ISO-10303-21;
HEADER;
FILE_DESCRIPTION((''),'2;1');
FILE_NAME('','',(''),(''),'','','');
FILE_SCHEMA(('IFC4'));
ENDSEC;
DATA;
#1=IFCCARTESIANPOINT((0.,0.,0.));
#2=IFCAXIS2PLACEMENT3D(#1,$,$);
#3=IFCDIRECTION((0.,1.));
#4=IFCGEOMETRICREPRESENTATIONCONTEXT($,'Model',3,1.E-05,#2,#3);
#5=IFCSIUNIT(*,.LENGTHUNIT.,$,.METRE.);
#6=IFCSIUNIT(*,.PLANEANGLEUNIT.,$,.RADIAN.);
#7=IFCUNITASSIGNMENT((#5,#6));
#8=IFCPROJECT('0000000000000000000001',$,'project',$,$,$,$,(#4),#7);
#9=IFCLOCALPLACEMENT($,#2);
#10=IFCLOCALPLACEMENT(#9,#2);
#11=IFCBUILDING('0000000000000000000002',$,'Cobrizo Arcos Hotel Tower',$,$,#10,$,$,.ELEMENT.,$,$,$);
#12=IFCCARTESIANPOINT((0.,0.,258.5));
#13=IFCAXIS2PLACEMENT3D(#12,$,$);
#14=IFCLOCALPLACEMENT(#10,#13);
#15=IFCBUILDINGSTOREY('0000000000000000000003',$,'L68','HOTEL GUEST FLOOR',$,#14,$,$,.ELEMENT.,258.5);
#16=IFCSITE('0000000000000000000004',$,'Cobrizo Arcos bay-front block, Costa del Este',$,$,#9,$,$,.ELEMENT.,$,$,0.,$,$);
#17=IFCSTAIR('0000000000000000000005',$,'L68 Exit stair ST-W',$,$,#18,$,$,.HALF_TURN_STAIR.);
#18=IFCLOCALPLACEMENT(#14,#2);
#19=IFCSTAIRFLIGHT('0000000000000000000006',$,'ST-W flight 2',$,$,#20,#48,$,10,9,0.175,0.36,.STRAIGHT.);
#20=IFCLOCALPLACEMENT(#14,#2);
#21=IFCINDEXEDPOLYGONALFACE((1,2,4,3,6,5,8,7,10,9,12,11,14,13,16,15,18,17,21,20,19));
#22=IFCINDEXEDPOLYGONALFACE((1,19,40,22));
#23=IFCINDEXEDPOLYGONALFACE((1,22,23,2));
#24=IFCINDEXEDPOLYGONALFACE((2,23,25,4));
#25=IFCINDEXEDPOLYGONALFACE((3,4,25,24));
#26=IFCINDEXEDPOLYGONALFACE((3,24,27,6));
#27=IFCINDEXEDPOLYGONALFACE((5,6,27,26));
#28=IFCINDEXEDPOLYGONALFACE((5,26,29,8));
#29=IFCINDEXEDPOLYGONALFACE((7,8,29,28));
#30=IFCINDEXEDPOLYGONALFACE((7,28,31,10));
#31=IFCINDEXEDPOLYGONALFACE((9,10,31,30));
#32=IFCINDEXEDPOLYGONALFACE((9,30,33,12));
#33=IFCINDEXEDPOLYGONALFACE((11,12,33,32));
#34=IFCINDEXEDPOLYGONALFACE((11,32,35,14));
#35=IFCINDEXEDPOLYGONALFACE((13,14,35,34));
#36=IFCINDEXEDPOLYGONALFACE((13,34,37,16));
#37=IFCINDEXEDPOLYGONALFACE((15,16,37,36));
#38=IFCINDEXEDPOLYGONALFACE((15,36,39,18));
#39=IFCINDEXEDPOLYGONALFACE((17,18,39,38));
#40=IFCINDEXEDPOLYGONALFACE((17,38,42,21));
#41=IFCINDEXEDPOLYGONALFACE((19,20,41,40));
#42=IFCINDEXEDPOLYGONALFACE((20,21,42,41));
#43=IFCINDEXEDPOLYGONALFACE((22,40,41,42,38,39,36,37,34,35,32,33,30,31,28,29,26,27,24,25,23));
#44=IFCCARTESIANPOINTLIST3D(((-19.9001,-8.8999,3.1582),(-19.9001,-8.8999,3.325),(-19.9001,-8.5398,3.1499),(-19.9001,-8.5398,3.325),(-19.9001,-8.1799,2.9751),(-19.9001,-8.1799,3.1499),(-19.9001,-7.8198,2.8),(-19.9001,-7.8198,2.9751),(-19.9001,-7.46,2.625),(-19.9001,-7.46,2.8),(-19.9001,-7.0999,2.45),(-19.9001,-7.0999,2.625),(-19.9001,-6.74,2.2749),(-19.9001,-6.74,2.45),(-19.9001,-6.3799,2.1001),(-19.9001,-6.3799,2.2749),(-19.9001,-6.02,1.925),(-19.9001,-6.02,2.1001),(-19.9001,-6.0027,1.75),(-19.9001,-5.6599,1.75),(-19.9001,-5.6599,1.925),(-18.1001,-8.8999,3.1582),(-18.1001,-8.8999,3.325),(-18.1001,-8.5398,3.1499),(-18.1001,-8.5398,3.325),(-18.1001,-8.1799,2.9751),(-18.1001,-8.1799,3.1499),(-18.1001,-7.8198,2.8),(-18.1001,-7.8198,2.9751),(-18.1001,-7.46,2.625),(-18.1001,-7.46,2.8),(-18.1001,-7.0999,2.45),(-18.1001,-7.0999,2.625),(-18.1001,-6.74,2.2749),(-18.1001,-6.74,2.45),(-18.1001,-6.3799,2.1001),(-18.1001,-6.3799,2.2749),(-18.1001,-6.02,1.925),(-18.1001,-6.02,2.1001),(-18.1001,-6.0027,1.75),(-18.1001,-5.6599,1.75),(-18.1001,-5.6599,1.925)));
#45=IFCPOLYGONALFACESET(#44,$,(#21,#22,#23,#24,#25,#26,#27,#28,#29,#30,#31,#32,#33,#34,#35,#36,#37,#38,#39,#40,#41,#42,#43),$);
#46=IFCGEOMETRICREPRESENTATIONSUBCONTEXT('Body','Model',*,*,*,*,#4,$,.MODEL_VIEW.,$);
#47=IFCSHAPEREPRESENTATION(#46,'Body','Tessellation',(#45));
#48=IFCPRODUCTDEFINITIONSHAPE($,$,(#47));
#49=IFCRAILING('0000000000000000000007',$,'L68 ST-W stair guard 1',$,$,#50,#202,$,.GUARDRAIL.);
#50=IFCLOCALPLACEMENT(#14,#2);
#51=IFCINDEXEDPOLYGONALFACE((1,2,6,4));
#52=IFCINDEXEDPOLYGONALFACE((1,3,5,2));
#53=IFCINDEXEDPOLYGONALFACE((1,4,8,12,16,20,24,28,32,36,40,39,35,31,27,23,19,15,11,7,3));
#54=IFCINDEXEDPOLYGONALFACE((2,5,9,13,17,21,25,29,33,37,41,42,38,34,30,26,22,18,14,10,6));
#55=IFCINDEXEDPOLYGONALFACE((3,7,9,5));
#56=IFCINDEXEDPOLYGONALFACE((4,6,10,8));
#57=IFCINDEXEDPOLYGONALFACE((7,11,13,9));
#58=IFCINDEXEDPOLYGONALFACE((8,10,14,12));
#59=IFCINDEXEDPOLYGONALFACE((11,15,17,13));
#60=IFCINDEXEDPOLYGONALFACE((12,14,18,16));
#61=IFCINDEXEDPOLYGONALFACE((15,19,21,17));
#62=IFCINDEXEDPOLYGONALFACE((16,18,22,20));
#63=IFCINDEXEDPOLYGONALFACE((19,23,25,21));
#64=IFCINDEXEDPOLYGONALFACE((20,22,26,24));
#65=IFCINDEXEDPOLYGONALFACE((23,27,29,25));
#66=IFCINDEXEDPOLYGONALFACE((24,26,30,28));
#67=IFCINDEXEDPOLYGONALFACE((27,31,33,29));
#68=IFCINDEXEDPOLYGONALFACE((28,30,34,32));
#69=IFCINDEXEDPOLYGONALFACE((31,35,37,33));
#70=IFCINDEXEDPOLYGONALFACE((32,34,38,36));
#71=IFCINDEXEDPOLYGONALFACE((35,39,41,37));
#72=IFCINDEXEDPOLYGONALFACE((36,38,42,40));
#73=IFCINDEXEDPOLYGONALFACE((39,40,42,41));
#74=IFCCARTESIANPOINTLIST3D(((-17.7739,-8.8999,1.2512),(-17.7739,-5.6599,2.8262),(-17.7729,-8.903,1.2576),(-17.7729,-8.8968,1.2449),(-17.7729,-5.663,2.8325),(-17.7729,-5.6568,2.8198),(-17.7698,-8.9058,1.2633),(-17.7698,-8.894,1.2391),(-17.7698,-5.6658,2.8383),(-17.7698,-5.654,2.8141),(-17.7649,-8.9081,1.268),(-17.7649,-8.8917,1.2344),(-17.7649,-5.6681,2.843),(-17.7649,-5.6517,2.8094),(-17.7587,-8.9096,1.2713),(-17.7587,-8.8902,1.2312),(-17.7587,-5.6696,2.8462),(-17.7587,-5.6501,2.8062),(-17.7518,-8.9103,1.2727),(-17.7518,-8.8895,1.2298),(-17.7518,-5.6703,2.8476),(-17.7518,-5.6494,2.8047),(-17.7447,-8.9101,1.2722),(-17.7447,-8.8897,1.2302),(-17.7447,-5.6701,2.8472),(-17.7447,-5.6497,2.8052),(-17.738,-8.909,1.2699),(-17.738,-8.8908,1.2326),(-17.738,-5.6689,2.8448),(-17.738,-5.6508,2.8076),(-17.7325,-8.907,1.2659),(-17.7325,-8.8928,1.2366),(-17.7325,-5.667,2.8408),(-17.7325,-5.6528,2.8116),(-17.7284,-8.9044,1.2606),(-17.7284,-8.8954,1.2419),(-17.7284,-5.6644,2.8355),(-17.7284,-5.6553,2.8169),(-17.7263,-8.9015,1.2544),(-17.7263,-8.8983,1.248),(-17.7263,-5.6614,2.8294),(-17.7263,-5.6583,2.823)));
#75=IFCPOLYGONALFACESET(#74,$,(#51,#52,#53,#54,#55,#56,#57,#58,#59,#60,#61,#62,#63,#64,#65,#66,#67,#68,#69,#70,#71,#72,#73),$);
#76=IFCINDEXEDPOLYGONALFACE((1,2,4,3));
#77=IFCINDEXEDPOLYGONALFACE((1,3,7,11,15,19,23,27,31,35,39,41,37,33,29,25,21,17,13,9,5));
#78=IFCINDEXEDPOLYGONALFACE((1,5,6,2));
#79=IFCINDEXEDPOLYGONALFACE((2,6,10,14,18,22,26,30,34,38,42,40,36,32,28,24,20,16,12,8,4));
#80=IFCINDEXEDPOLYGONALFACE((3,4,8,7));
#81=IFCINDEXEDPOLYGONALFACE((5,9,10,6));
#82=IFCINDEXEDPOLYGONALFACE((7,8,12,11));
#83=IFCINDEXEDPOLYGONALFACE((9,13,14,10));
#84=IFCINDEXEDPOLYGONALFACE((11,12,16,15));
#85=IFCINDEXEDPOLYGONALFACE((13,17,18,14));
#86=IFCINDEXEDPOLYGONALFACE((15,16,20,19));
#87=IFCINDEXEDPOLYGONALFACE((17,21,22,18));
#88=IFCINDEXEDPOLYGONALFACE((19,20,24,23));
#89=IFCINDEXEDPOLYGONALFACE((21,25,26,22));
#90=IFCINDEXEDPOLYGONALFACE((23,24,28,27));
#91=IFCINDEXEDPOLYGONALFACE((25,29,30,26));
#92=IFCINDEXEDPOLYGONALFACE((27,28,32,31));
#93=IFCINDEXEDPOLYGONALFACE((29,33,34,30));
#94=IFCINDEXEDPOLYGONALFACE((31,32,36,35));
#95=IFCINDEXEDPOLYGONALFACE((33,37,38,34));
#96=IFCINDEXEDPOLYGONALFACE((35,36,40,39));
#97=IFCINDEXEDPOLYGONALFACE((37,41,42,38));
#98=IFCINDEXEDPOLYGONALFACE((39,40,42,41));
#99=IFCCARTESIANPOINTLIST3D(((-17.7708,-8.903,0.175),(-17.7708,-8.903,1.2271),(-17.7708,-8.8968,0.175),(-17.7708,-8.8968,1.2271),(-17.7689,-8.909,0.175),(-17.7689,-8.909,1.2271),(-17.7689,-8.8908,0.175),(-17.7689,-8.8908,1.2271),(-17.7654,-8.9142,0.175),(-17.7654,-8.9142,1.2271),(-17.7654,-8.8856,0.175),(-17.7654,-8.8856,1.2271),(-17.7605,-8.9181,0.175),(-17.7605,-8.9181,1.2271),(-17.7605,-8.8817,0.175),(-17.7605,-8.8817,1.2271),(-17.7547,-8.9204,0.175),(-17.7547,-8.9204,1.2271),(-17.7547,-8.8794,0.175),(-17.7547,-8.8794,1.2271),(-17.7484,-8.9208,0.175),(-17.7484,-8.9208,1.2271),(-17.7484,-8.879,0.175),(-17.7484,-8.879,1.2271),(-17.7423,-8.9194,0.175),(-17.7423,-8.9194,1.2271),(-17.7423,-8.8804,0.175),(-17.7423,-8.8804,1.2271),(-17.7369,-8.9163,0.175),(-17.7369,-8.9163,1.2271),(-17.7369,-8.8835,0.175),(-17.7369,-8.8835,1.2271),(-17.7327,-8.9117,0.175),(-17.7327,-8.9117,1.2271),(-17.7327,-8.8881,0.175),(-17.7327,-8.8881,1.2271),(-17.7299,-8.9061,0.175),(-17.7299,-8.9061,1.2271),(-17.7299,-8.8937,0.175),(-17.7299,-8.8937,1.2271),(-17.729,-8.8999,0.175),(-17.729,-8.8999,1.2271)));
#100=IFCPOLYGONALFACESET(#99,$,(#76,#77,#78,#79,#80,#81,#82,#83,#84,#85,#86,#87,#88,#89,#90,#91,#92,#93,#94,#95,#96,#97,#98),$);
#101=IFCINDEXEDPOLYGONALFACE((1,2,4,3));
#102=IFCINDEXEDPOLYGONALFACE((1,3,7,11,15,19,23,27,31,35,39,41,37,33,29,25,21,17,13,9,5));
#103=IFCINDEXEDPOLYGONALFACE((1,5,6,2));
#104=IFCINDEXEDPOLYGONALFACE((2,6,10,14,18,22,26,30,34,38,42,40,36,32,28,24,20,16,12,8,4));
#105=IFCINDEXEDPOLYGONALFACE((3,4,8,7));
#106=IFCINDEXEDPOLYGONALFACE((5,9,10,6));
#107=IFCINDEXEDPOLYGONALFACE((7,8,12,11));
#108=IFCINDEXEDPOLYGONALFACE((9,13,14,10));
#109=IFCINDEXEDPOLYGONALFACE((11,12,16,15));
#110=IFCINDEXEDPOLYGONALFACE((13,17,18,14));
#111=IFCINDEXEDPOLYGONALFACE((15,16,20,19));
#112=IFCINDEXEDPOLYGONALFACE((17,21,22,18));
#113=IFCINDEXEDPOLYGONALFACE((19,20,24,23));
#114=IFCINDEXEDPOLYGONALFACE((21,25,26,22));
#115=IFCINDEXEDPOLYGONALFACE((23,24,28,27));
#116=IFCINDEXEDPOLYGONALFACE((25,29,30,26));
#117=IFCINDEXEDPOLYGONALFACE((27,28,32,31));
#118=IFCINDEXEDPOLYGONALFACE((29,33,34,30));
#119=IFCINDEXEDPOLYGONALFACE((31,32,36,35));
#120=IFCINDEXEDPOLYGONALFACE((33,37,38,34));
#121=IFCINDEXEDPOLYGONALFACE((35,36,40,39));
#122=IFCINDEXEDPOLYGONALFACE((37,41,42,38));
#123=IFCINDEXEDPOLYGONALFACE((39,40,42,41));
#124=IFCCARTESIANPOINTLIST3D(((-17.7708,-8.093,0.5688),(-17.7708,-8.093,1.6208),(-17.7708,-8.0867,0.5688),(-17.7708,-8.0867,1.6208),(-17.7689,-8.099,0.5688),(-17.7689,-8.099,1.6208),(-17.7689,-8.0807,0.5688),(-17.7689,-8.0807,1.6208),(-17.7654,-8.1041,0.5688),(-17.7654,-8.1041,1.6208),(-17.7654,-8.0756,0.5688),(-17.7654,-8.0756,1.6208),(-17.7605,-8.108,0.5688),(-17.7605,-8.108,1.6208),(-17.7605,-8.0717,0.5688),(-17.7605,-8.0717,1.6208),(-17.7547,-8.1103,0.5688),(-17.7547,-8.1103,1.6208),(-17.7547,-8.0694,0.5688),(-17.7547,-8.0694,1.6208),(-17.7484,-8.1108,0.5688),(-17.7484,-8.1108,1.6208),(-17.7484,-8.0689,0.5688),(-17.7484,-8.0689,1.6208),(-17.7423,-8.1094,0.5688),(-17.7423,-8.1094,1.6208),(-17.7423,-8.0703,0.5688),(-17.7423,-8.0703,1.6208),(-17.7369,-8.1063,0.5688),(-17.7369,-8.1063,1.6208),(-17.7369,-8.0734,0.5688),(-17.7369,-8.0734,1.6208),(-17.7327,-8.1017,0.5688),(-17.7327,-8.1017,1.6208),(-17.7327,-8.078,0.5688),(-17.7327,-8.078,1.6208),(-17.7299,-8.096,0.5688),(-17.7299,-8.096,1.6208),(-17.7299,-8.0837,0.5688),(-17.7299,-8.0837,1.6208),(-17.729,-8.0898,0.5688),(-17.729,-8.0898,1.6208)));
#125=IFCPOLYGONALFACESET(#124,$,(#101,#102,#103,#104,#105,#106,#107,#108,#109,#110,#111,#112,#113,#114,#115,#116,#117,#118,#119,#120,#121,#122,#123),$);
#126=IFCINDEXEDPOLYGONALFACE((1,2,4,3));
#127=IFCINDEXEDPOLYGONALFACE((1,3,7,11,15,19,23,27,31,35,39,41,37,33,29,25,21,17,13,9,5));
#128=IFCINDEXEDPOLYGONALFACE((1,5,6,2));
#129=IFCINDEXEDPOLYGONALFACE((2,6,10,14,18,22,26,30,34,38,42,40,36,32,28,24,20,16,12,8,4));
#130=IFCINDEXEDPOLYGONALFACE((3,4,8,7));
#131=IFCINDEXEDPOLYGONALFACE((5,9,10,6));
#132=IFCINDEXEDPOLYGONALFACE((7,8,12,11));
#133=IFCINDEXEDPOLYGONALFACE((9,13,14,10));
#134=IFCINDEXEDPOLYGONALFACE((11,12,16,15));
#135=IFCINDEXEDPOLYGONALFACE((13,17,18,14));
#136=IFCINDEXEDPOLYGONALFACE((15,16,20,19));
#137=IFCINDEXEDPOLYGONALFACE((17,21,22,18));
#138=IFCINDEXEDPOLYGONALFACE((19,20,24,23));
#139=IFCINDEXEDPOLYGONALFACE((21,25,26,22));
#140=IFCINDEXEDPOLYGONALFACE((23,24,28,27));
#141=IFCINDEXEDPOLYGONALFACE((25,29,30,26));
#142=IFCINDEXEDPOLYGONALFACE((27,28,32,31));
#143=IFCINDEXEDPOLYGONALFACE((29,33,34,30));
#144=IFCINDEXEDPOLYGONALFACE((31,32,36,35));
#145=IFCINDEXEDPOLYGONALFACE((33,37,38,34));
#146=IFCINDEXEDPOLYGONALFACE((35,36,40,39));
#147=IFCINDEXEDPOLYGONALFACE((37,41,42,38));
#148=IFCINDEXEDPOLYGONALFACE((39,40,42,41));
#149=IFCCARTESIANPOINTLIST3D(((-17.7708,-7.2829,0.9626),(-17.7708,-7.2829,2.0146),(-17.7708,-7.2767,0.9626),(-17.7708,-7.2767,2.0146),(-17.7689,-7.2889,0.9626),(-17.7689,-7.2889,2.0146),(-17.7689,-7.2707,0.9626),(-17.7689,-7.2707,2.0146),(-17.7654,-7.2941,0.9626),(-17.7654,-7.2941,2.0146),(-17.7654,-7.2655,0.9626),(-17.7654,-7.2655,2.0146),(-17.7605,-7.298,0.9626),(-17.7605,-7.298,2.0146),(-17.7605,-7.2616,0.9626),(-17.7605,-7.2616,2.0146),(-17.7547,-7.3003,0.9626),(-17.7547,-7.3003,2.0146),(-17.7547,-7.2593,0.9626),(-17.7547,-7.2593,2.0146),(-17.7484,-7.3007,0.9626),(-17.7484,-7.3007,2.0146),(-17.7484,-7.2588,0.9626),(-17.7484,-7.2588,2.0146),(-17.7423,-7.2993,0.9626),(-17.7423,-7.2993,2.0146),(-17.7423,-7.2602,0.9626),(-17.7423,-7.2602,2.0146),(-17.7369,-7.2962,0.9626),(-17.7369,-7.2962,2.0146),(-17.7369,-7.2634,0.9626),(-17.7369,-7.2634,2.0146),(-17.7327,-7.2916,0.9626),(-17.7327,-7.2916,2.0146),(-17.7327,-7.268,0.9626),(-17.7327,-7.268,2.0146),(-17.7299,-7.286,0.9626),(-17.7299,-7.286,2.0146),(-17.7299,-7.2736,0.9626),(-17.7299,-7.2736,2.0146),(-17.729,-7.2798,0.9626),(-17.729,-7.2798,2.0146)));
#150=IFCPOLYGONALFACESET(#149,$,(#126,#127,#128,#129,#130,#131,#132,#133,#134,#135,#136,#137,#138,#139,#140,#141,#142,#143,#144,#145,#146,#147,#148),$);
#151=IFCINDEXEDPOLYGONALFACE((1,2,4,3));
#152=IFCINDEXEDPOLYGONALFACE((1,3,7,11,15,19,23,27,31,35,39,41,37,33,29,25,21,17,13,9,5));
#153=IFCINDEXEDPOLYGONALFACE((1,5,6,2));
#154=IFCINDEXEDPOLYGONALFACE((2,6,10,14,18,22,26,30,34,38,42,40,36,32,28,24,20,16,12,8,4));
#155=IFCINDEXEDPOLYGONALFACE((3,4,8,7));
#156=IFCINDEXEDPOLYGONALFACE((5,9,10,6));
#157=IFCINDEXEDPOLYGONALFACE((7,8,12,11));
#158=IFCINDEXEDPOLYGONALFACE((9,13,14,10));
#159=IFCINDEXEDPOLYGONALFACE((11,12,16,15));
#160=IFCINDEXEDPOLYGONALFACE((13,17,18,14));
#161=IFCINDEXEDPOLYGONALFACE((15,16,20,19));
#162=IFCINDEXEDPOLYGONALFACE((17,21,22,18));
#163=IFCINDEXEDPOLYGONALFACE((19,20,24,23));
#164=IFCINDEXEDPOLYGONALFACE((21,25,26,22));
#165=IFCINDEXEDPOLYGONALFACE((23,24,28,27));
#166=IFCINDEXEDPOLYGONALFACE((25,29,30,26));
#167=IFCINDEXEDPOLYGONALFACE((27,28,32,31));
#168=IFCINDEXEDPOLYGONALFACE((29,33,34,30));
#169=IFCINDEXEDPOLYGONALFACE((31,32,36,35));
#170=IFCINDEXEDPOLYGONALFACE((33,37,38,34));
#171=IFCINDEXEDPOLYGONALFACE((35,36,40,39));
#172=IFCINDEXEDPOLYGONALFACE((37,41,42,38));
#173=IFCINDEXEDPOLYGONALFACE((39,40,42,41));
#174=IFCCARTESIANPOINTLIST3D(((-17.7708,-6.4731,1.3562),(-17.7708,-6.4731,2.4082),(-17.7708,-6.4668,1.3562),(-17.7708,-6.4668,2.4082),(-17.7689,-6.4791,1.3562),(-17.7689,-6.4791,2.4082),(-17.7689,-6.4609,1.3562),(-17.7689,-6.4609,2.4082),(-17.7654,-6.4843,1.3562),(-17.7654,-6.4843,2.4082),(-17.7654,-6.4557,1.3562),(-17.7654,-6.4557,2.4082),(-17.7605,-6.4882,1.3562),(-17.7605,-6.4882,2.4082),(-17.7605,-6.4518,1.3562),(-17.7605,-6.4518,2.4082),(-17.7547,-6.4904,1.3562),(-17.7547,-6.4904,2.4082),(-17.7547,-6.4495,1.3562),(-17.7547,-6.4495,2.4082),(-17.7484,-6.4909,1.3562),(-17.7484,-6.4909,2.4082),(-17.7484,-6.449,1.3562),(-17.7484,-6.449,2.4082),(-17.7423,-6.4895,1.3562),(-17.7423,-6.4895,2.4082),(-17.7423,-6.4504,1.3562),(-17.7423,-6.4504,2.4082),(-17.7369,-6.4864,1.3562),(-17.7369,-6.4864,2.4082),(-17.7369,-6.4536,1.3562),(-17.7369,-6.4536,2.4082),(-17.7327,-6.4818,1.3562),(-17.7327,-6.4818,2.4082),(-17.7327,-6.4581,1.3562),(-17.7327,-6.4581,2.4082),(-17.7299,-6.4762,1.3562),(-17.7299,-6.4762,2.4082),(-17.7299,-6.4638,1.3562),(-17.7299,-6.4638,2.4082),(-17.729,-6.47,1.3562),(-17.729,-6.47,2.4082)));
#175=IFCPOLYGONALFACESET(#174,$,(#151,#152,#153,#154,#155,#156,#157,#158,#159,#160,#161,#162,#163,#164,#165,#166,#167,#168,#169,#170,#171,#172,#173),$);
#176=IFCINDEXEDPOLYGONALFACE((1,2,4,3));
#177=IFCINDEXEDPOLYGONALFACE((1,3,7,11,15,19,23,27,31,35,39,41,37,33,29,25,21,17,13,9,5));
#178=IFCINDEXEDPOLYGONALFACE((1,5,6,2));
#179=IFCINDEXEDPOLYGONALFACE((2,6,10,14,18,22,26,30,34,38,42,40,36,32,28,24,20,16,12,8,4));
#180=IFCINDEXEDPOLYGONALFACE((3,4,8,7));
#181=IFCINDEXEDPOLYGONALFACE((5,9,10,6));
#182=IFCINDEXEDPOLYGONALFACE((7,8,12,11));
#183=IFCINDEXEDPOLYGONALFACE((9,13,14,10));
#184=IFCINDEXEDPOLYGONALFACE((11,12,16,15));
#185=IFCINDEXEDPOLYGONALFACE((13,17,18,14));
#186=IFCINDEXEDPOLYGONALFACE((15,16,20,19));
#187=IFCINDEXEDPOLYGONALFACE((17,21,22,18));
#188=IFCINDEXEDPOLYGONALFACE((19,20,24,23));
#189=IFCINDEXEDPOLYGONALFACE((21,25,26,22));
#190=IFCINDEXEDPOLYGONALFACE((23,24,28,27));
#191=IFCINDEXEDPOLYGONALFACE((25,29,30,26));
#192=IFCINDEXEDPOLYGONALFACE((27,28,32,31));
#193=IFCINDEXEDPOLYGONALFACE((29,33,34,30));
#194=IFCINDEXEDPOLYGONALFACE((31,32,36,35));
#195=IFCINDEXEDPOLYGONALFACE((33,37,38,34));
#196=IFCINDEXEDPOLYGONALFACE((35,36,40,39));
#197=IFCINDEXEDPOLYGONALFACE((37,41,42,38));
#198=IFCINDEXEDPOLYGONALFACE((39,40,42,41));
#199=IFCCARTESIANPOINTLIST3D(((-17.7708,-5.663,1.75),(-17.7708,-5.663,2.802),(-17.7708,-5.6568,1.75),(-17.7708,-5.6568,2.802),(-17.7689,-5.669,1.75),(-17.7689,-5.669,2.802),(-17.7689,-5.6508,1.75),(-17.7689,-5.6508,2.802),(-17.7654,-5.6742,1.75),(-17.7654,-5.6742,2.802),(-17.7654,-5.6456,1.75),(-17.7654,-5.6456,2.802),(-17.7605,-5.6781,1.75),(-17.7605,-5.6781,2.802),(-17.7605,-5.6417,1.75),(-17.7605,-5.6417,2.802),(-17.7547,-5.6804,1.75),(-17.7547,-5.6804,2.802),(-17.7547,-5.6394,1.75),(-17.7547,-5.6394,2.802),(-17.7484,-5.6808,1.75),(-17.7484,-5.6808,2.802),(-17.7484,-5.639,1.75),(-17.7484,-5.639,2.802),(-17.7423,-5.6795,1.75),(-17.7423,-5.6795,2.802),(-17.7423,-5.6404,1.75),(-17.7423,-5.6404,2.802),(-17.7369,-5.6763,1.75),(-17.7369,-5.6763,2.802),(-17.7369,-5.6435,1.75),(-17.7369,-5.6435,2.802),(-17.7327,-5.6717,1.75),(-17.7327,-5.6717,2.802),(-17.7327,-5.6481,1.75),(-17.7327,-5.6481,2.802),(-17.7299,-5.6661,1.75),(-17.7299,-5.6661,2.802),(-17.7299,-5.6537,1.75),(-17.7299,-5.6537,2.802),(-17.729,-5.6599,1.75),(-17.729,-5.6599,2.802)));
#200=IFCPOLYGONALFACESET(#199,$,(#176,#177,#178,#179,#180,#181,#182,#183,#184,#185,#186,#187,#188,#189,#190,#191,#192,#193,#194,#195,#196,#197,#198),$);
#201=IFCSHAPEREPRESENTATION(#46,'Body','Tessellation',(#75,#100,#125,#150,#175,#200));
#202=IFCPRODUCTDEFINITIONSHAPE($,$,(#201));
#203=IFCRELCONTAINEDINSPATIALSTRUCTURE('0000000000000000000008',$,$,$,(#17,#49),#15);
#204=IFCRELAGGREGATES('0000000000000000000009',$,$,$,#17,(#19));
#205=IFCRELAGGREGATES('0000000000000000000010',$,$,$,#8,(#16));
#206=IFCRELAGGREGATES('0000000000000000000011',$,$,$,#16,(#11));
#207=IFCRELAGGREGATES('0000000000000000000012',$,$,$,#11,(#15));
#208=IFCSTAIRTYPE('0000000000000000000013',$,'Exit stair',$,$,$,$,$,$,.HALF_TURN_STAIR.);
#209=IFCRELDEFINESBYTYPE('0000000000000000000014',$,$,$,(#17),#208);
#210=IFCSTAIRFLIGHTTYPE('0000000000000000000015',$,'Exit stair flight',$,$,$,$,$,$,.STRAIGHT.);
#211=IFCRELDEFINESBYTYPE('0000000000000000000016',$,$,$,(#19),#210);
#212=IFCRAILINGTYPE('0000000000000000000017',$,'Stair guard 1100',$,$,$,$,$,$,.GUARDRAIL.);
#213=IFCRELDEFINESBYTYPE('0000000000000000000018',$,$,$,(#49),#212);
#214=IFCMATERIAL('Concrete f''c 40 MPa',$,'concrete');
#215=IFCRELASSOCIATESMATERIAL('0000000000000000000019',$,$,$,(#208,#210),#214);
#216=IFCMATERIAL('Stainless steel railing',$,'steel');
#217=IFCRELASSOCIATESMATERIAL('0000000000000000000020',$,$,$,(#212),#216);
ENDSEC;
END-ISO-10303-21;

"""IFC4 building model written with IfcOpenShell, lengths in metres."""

from ifc_helpers import new_model, si_unit, direction, frame, origin, origin_2d, place, context, subcontext, project, spatial, polyline, circle, outline, extrude, material, type_object, element, aggregate, save


model = new_model("IFC4")

# Units and contexts
model_context = context("Model", 3, precision=1e-05, world=origin(), true_north=direction((0.0, 1.0)))
body_context = subcontext(model_context, "Body", "Model", "MODEL_VIEW")
ifc_project = project(units=[si_unit("LENGTHUNIT", "METRE"), si_unit("PLANEANGLEUNIT", "RADIAN")], contexts=[model_context])

# Site, building, storey
site_placement = place(None, origin())
site = spatial("IfcSite", under=ifc_project, at=site_placement, Name="Cobrizo Arcos bay-front block, Costa del Este", CompositionType="ELEMENT", RefElevation=0.0)
building_placement = place(site_placement, origin())
building = spatial("IfcBuilding", under=site, at=building_placement, Name="Cobrizo Arcos Hotel Tower", CompositionType="ELEMENT")
storey_placement = place(building_placement, frame((0.0, 0.0, 258.5)))
storey = spatial("IfcBuildingStorey", under=building, at=storey_placement, Name="L68", Description="HOTEL GUEST FLOOR", CompositionType="ELEMENT", Elevation=258.5)

# Shared definitions
ifc_material_1 = material(Name="Concrete f'c 40 MPa", Category="concrete")

# Stair, stair flight
stair_type = type_object("IfcStairType", Name="Exit stair", PredefinedType="HALF_TURN_STAIR", material=ifc_material_1)
stair_placement = place(storey_placement, origin())
stair = element("IfcStair", 1, at=stair_placement, inside=storey, type_object=stair_type, Name="L68 Exit stair ST-W", PredefinedType="HALF_TURN_STAIR")
stair_flight_type = type_object("IfcStairFlightType", Name="Exit stair flight", PredefinedType="STRAIGHT", material=ifc_material_1)
stair_flight_1_placement = place(storey_placement, frame((-19.0, -5.6599, 1.75), z_axis=(0.0, 0.0, 1.0), x_axis=(0.0, -1.0, 0.0)))
stair_flight_1 = element("IfcStairFlight", 2, at=stair_flight_1_placement, type_object=stair_flight_type, Name="ST-W flight 2", NumberOfRisers=10, NumberOfTreads=9, PredefinedType="STRAIGHT", RiserHeight=0.175, TreadLength=0.36, context=body_context, shape_type="SweptSolid", body=[
    extrude(outline(polyline([(0.0, 0.0), (0.0, 0.175), (0.3601, 0.175), (0.3601, 0.3501), (0.72, 0.3501), (0.72, 0.5249), (1.0801, 0.5249), (1.0801, 0.7), (1.4399, 0.7), (1.4399, 0.875), (1.8, 0.875), (1.8, 1.05), (2.1599, 1.05), (2.1599, 1.2251), (2.52, 1.2251), (2.52, 1.3999), (2.8799, 1.3999), (2.8799, 1.575), (3.24, 1.575), (3.24, 1.75), (3.24, 1.4082), (0.3428, 0.0), (0.0, 0.0)])), frame((0.0, 0.8999, 0.0), z_axis=(0.0, -1.0, 0.0), x_axis=(1.0, 0.0, 0.0)), (0.0, 0.0, 1.0), 1.8),
])
aggregate(stair, [stair_flight_1])

# Railing
ifc_material_2 = material(Name="Stainless steel railing", Category="steel")
railing_type_1 = type_object("IfcRailingType", Name="Stair guard 1100", PredefinedType="GUARDRAIL", material=ifc_material_2)
railing_1_placement = place(storey_placement, frame((-17.75, -8.8999, 0.175)))
element("IfcRailing", 3, at=railing_1_placement, inside=storey, type_object=railing_type_1, Name="L68 ST-W stair guard 1", PredefinedType="GUARDRAIL", context=body_context, shape_type="SweptSolid", body=[
    extrude(circle(Radius=0.0239, at=origin_2d()), frame((0.0, 0.0, 1.0762), z_axis=(0.0, 0.899373, 0.437183), x_axis=(-1.0, 0.0, 0.0)), (0.0, 0.0, 1.0), 3.6025),
    extrude(circle(Radius=0.021, at=origin_2d()), origin(), (0.0, 0.0, 1.0), 1.052),
    extrude(circle(Radius=0.021, at=origin_2d()), frame((0.0, 0.8101, 0.3938)), (0.0, 0.0, 1.0), 1.052),
    extrude(circle(Radius=0.021, at=origin_2d()), frame((0.0, 1.6201, 0.7876)), (0.0, 0.0, 1.0), 1.052),
    extrude(circle(Radius=0.021, at=origin_2d()), frame((0.0, 2.4299, 1.1812)), (0.0, 0.0, 1.0), 1.052),
    extrude(circle(Radius=0.021, at=origin_2d()), frame((0.0, 3.24, 1.575)), (0.0, 0.0, 1.0), 1.052),
])

save(model, "model.ifc")
